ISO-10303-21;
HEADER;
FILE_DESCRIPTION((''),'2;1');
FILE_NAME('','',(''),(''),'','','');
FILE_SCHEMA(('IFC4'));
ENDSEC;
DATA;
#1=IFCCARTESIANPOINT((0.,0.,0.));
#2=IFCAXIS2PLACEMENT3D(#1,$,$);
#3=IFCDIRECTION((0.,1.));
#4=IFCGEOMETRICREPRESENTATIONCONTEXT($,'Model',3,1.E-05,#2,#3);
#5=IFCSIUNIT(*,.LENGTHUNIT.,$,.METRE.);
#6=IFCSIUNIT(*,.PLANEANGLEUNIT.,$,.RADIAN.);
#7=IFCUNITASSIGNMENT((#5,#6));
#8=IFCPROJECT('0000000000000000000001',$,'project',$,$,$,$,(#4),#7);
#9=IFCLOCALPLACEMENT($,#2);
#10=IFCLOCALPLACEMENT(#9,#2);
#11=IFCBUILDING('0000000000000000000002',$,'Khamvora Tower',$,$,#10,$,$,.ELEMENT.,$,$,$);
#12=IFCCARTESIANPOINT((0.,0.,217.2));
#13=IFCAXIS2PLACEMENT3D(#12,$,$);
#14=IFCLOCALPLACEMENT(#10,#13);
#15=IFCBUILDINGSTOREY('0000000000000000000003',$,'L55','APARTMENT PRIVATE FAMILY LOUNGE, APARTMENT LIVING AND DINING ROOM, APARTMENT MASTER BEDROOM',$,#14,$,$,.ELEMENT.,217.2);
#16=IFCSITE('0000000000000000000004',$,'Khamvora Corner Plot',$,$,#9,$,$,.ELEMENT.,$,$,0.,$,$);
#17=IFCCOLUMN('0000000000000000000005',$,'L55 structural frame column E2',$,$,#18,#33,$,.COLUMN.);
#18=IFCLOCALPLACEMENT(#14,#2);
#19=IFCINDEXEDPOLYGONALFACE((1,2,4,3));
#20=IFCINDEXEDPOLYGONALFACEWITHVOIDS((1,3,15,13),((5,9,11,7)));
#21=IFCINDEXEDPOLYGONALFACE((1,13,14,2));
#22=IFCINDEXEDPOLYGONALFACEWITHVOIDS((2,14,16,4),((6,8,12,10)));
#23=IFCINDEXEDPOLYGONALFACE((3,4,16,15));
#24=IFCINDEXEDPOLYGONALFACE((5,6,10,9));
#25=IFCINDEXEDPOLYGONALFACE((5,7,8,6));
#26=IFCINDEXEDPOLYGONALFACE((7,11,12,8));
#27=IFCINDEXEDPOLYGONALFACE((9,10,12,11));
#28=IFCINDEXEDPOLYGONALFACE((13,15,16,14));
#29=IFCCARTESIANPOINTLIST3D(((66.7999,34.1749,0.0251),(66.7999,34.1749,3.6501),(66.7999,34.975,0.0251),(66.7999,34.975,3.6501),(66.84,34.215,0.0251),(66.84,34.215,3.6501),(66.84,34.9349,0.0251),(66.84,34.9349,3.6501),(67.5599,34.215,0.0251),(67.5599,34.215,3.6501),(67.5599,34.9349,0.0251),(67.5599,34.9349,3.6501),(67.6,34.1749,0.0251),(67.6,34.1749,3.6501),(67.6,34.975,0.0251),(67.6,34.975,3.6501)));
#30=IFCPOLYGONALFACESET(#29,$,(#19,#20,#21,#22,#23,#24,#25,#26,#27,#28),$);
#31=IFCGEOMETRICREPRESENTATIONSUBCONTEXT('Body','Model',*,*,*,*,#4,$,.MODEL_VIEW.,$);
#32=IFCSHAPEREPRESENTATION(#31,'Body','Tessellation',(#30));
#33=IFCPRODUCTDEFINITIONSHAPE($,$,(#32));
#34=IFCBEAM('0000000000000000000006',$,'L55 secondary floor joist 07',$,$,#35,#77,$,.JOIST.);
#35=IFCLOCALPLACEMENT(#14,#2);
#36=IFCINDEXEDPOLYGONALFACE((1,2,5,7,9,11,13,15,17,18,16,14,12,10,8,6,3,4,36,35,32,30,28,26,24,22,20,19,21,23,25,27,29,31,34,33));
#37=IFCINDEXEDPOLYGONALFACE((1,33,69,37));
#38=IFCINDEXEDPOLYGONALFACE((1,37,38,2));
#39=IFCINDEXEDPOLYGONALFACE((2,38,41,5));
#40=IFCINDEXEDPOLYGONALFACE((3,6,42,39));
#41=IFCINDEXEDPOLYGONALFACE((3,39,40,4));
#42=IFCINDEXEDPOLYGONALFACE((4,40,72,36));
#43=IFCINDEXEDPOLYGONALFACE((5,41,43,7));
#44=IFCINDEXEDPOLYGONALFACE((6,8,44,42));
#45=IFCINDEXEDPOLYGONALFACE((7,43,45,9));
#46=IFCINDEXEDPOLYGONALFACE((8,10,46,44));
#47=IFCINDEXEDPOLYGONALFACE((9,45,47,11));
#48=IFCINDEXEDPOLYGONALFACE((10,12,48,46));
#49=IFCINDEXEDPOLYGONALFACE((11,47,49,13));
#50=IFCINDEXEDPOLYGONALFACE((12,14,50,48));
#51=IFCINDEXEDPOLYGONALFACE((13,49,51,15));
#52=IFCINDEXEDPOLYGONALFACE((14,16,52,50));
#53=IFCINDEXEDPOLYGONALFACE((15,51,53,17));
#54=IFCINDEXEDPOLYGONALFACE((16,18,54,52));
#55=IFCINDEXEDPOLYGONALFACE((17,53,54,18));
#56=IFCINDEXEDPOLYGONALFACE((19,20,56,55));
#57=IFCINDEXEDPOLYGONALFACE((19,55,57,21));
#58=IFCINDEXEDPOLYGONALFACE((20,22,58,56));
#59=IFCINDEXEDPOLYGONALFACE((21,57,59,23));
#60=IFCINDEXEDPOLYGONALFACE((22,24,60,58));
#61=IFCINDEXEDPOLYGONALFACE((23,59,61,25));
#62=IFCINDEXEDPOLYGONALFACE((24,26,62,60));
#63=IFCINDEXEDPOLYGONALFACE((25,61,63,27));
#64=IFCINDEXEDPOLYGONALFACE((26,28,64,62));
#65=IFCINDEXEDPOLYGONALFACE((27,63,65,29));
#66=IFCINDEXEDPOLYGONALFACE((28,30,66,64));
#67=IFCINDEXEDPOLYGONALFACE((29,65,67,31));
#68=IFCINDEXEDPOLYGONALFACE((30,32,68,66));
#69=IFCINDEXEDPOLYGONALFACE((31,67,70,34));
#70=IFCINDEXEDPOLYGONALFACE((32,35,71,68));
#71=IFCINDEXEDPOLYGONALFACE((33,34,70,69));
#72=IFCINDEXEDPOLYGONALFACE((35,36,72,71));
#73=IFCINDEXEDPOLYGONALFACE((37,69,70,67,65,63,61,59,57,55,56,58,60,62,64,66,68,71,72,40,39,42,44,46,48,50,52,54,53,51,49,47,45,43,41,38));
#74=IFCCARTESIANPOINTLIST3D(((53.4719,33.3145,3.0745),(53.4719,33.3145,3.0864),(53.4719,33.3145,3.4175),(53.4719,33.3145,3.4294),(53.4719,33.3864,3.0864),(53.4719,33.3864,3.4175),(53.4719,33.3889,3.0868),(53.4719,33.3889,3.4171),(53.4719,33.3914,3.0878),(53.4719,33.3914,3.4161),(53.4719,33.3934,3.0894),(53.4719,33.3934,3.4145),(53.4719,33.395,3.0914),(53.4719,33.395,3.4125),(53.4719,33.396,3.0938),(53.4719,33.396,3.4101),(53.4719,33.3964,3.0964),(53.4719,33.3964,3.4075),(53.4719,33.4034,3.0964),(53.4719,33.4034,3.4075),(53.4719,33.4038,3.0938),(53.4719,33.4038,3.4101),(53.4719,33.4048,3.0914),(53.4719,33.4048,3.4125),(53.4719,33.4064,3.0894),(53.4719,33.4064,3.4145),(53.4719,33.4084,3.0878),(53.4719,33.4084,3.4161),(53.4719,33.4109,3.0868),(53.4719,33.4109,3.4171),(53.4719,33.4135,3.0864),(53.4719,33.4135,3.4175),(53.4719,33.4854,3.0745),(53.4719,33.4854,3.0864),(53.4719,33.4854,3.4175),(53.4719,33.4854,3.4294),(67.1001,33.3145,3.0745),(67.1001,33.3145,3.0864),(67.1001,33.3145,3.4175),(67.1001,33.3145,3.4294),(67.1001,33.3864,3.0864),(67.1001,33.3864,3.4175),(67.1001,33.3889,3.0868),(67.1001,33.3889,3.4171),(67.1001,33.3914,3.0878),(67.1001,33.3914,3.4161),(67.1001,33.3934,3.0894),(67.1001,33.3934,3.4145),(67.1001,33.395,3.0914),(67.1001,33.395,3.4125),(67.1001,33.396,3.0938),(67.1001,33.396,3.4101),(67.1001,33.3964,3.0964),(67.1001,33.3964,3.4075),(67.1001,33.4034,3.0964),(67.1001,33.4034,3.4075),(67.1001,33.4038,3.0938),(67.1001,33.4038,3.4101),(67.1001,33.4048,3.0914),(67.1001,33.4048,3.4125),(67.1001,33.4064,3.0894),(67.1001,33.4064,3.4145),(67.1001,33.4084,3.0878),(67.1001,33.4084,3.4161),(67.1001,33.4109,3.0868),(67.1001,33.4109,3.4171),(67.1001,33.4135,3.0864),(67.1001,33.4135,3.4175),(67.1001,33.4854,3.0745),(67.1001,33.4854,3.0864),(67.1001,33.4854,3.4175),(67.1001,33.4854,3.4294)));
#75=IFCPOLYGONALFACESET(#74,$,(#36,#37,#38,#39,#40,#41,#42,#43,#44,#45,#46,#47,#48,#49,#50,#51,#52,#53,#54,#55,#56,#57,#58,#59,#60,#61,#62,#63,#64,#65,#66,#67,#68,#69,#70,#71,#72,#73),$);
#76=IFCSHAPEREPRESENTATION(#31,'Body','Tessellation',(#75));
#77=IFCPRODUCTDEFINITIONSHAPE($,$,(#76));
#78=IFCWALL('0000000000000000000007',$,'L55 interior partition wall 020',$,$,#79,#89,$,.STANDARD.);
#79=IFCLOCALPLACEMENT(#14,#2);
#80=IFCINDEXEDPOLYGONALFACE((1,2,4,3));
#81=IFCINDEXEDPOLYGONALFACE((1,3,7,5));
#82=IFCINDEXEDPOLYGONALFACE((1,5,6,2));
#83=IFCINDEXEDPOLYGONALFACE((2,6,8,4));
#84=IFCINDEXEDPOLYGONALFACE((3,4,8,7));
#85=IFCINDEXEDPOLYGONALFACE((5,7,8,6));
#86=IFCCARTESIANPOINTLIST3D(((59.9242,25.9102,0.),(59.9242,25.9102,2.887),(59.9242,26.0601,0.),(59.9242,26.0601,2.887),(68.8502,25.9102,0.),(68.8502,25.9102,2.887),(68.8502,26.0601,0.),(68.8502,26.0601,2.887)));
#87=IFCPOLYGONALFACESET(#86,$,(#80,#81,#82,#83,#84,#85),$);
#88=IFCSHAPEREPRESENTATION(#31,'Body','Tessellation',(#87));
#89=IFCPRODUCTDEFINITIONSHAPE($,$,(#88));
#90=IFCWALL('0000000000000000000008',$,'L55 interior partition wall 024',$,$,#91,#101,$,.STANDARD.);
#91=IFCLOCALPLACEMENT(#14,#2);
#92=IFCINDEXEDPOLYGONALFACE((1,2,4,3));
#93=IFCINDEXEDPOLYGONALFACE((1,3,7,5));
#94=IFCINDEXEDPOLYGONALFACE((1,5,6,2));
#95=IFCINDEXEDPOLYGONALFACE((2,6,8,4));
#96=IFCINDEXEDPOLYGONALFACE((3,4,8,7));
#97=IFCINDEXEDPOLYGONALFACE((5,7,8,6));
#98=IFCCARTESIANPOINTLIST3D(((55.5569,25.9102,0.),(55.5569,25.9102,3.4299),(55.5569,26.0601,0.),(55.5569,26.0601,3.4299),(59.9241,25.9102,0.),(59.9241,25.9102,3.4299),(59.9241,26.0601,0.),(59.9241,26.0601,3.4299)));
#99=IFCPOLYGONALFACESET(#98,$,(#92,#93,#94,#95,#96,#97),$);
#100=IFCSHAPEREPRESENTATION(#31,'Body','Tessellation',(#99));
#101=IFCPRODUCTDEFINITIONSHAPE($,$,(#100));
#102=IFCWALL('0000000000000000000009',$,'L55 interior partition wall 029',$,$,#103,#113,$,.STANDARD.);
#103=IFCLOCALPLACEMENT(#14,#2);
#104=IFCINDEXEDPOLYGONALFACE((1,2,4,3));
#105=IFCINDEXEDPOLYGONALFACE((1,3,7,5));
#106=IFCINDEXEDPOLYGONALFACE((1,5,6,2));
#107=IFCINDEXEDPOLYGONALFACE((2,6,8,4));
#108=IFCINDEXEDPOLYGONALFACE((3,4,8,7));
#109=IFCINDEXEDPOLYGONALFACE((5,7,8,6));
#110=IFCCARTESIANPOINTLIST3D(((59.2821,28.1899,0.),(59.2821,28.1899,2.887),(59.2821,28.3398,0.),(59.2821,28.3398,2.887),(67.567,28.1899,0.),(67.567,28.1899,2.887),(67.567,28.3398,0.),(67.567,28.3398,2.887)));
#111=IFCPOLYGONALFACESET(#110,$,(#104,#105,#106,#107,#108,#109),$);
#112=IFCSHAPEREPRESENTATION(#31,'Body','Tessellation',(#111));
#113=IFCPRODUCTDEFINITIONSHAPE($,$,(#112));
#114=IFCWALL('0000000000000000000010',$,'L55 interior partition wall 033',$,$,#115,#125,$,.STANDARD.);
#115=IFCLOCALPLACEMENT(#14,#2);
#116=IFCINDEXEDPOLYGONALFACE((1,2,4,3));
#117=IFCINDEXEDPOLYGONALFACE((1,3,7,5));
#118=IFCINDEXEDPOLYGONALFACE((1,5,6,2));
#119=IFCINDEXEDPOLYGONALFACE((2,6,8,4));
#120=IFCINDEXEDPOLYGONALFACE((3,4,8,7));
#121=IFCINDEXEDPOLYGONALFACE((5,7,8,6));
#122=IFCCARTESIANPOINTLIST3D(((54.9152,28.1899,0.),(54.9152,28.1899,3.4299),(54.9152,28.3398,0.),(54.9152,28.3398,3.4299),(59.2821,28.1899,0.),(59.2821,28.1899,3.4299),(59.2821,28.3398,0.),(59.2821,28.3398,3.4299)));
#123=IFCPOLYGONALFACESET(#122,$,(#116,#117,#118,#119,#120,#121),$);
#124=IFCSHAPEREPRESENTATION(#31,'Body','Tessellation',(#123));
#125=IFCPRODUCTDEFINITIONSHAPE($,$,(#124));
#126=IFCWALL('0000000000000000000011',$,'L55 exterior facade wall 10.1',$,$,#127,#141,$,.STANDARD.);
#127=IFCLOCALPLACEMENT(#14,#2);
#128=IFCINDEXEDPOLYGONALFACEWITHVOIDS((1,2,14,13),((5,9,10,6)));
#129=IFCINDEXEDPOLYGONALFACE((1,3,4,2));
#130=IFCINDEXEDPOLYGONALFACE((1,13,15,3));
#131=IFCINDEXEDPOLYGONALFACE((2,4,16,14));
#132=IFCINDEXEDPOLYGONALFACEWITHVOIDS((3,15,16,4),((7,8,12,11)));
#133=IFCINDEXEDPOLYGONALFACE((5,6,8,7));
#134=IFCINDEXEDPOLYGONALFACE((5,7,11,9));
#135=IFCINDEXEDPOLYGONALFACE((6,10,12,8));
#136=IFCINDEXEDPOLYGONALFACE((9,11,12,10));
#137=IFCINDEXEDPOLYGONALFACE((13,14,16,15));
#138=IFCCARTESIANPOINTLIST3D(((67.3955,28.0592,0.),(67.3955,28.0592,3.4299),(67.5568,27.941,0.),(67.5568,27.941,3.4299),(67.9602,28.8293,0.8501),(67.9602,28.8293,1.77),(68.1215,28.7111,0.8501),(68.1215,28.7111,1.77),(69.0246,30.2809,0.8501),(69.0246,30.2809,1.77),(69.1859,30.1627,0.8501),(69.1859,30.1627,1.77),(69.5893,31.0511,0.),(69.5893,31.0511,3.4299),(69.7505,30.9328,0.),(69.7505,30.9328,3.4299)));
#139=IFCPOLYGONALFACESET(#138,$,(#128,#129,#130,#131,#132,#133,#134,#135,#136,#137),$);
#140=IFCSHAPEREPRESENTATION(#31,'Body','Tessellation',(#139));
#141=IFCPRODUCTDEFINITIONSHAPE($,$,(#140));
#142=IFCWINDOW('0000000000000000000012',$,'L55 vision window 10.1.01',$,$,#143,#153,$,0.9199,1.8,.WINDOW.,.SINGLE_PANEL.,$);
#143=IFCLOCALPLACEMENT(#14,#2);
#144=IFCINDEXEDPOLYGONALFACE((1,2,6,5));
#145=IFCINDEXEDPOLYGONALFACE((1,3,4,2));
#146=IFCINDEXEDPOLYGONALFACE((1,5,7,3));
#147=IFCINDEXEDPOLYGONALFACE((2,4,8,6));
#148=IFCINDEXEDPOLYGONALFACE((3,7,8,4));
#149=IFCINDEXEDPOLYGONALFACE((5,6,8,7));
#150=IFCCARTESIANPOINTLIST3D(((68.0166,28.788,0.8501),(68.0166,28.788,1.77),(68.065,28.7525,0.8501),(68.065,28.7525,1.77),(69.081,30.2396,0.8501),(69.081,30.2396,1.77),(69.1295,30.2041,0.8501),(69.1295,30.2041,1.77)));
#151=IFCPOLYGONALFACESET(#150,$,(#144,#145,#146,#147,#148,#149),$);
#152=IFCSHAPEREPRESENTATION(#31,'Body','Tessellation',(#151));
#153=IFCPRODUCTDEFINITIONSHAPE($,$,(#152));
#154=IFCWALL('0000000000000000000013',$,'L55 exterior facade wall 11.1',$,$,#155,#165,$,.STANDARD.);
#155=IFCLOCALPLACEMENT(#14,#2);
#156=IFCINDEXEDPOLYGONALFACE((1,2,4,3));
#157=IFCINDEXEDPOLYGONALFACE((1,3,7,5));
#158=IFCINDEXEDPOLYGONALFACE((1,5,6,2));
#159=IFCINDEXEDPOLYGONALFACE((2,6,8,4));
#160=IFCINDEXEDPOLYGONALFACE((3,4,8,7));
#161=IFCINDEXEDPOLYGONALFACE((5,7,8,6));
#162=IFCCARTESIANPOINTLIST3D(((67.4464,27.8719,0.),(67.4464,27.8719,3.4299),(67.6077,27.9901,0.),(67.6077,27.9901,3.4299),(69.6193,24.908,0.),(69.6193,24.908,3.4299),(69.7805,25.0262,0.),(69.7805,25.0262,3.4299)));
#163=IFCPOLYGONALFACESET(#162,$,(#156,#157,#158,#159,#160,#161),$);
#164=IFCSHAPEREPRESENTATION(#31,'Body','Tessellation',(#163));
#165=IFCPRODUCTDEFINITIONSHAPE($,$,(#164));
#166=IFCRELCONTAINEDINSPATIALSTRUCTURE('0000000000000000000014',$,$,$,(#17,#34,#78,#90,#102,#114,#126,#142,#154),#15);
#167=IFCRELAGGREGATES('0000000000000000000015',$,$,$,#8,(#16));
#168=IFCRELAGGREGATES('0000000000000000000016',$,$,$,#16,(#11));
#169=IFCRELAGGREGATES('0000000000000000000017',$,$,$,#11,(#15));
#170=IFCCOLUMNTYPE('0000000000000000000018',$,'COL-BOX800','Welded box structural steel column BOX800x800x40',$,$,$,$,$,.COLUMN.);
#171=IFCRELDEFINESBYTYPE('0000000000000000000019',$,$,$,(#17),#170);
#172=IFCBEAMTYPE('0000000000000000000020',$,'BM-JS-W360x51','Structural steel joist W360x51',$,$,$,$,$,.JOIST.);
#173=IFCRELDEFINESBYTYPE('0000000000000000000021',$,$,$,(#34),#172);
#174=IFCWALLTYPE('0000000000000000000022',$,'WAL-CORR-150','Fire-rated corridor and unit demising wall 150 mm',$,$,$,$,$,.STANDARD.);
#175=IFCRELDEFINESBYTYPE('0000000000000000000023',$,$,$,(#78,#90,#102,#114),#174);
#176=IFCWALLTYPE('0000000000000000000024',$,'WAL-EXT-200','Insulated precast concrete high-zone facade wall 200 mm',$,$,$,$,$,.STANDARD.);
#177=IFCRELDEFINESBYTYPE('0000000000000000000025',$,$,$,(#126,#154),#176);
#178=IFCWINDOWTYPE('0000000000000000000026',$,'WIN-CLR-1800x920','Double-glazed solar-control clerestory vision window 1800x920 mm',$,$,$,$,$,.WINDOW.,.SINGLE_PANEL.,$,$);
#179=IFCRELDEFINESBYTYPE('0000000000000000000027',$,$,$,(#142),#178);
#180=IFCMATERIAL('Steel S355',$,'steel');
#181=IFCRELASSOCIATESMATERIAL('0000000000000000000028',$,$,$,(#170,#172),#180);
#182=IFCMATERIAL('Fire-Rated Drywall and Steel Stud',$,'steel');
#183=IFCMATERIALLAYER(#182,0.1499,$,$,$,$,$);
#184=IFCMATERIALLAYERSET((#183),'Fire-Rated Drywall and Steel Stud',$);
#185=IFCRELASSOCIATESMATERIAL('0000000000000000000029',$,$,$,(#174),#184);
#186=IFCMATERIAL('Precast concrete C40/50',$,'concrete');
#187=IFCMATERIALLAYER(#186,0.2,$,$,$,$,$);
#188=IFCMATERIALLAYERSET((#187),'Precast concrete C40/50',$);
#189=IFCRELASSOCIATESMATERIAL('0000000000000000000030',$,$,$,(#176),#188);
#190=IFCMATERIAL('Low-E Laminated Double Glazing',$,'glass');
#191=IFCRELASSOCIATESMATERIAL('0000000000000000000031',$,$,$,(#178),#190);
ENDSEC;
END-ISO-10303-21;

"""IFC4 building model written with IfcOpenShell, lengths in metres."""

from ifc_helpers import new_model, si_unit, direction, frame, frame_2d, origin, origin_2d, place, context, subcontext, project, spatial, rectangle, hollow_rectangle, i_section, extrude, material, layer, layer_set, material_profile, profile_set, type_object, element, fill, save


model = new_model("IFC4")

# Units and contexts
model_context = context("Model", 3, precision=1e-05, world=origin(), true_north=direction((0.0, 1.0)))
body_context = subcontext(model_context, "Body", "Model", "MODEL_VIEW")
ifc_project = project(units=[si_unit("LENGTHUNIT", "METRE"), si_unit("PLANEANGLEUNIT", "RADIAN")], contexts=[model_context])

# Site, building, storey
site_placement = place(None, origin())
site = spatial("IfcSite", under=ifc_project, at=site_placement, Name="Khamvora Corner Plot", CompositionType="ELEMENT", RefElevation=0.0)
building_placement = place(site_placement, origin())
building = spatial("IfcBuilding", under=site, at=building_placement, Name="Khamvora Tower", CompositionType="ELEMENT")
storey_placement = place(building_placement, frame((0.0, 0.0, 217.2)))
storey = spatial("IfcBuildingStorey", under=building, at=storey_placement, Name="L55", Description="APARTMENT PRIVATE FAMILY LOUNGE, APARTMENT LIVING AND DINING ROOM, APARTMENT MASTER BEDROOM", CompositionType="ELEMENT", Elevation=217.2)

# Column
ifc_material_1 = material(Name="Steel S355", Category="steel")
ifc_material_profile_1 = material_profile(ifc_material_1, hollow_rectangle(XDim=0.8, YDim=0.8, WallThickness=0.04, at=origin_2d()), Name="BOX800x800x40")
ifc_profile_set_1 = profile_set([ifc_material_profile_1], Name="Steel S355")
column_type = type_object("IfcColumnType", Name="COL-BOX800", Description="Welded box structural steel column BOX800x800x40", PredefinedType="COLUMN", material=ifc_profile_set_1)
column_placement = place(storey_placement, frame((67.2, 34.575, 0.0251), z_axis=(0.0, 0.0, 1.0), x_axis=(1.0, 0.0, 0.0)))
element("IfcColumn", 1, at=column_placement, inside=storey, type_object=column_type, Name="L55 structural frame column E2", PredefinedType="COLUMN", context=body_context, shape_type="SweptSolid", body=[
    extrude(hollow_rectangle(XDim=0.8, YDim=0.8, WallThickness=0.04, at=origin_2d()), origin(), (0.0, 0.0, 1.0), 3.625),
])

# Beam
ifc_material_profile_2 = material_profile(ifc_material_1, i_section(OverallWidth=0.1709, OverallDepth=0.355, WebThickness=0.0071, FlangeThickness=0.012, FilletRadius=0.01, at=origin_2d()), Name="W360x51")
ifc_profile_set_2 = profile_set([ifc_material_profile_2], Name="Steel S355")
beam_type = type_object("IfcBeamType", Name="BM-JS-W360x51", Description="Structural steel joist W360x51", PredefinedType="JOIST", material=ifc_profile_set_2)
beam_placement = place(storey_placement, frame((53.4719, 33.3999, 3.252), z_axis=(1.0, 0.0, 0.0), x_axis=(0.0, 1.0, 0.0)))
element("IfcBeam", 2, at=beam_placement, inside=storey, type_object=beam_type, Name="L55 secondary floor joist 07", PredefinedType="JOIST", context=body_context, shape_type="SweptSolid", body=[
    extrude(i_section(OverallWidth=0.1709, OverallDepth=0.355, WebThickness=0.0071, FlangeThickness=0.012, FilletRadius=0.01, at=origin_2d()), origin(), (0.0, 0.0, 1.0), 13.6282),
])

# Wall
ifc_material_2 = material(Name="Fire-Rated Drywall and Steel Stud", Category="steel")
ifc_layer_1 = layer(ifc_material_2, 0.1499)
ifc_layer_set_1 = layer_set([ifc_layer_1], Name="Fire-Rated Drywall and Steel Stud")
wall_type_1 = type_object("IfcWallType", Name="WAL-CORR-150", Description="Fire-rated corridor and unit demising wall 150 mm", PredefinedType="STANDARD", material=ifc_layer_set_1)
wall_1_placement = place(storey_placement, frame((68.8501, 25.9851, 0.0), z_axis=(0.0, 0.0, 1.0), x_axis=(-1.0, 0.0, 0.0)))
element("IfcWall", 3, at=wall_1_placement, inside=storey, type_object=wall_type_1, Name="L55 interior partition wall 020", PredefinedType="STANDARD", context=body_context, shape_type="SweptSolid", body=[
    extrude(rectangle(XDim=8.926, YDim=0.1499, at=frame_2d((4.4629, 0.0))), origin(), (0.0, 0.0, 1.0), 2.887),
])

# Walls
wall_2_placement = place(storey_placement, frame((59.9241, 25.9851, 0.0), z_axis=(0.0, 0.0, 1.0), x_axis=(-1.0, 0.0, 0.0)))
element("IfcWall", 4, at=wall_2_placement, inside=storey, type_object=wall_type_1, Name="L55 interior partition wall 024", PredefinedType="STANDARD", context=body_context, shape_type="SweptSolid", body=[
    extrude(rectangle(XDim=4.3672, YDim=0.1499, at=frame_2d((2.1836, 0.0))), origin(), (0.0, 0.0, 1.0), 3.4299),
])
wall_3_placement = place(storey_placement, frame((59.282, 28.2649, 0.0), z_axis=(0.0, 0.0, 1.0), x_axis=(1.0, 0.0, 0.0)))
element("IfcWall", 5, at=wall_3_placement, inside=storey, type_object=wall_type_1, Name="L55 interior partition wall 029", PredefinedType="STANDARD", context=body_context, shape_type="SweptSolid", body=[
    extrude(rectangle(XDim=8.2849, YDim=0.1499, at=frame_2d((4.1426, 0.0))), origin(), (0.0, 0.0, 1.0), 2.887),
])
wall_4_placement = place(storey_placement, frame((54.915, 28.2649, 0.0), z_axis=(0.0, 0.0, 1.0), x_axis=(1.0, 0.0, 0.0)))
element("IfcWall", 6, at=wall_4_placement, inside=storey, type_object=wall_type_1, Name="L55 interior partition wall 033", PredefinedType="STANDARD", context=body_context, shape_type="SweptSolid", body=[
    extrude(rectangle(XDim=4.3669, YDim=0.1499, at=frame_2d((2.1836, 0.0))), origin(), (0.0, 0.0, 1.0), 3.4299),
])

# Wall, opening, window
ifc_material_3 = material(Name="Precast concrete C40/50", Category="concrete")
ifc_layer_2 = layer(ifc_material_3, 0.2)
ifc_layer_set_2 = layer_set([ifc_layer_2], Name="Precast concrete C40/50")
wall_type_2 = type_object("IfcWallType", Name="WAL-EXT-200", Description="Insulated precast concrete high-zone facade wall 200 mm", PredefinedType="STANDARD", material=ifc_layer_set_2)
wall_5_placement = place(storey_placement, frame((69.6699, 30.9919, 0.0), z_axis=(0.0, 0.0, 1.0), x_axis=(-0.591321, -0.806436, 0.0)))
wall_5 = element("IfcWall", 7, at=wall_5_placement, inside=storey, type_object=wall_type_2, Name="L55 exterior facade wall 10.1", PredefinedType="STANDARD", context=body_context, shape_type="SweptSolid", body=[
    extrude(rectangle(XDim=3.71, YDim=0.2, at=frame_2d((1.855, 0.0))), origin(), (0.0, 0.0, 1.0), 3.4299),
])
opening_1_placement = place(wall_5_placement, frame((0.9551, 0.0, 0.8501)))
opening_1 = element("IfcOpeningElement", 8, at=opening_1_placement, cuts=wall_5, PredefinedType="OPENING", context=body_context, shape_type="SweptSolid", body=[
    extrude(rectangle(XDim=1.8, YDim=0.9199, at=frame_2d((0.8999, 0.46))), frame((0.0, 0.1099, 0.0), z_axis=(0.0, -1.0, 0.0), x_axis=(1.0, 0.0, 0.0)), (0.0, 0.0, 1.0), 0.22),
])
ifc_material_4 = material(Name="Low-E Laminated Double Glazing", Category="glass")
window_type = type_object("IfcWindowType", Name="WIN-CLR-1800x920", Description="Double-glazed solar-control clerestory vision window 1800x920 mm", PartitioningType="SINGLE_PANEL", PredefinedType="WINDOW", material=ifc_material_4)
window_placement = place(opening_1_placement, origin())
window = element("IfcWindow", 9, at=window_placement, inside=storey, type_object=window_type, Name="L55 vision window 10.1.01", OverallHeight=0.9199, OverallWidth=1.8, PartitioningType="SINGLE_PANEL", PredefinedType="WINDOW", context=body_context, shape_type="SweptSolid", body=[
    extrude(rectangle(XDim=1.8, YDim=0.9199, at=frame_2d((0.8999, 0.46))), frame((0.0, 0.03, 0.0), z_axis=(0.0, -1.0, 0.0), x_axis=(1.0, 0.0, 0.0)), (0.0, 0.0, 1.0), 0.0601),
])
fill(opening_1, window)

# Wall
wall_6_placement = place(storey_placement, frame((67.5271, 27.9309, 0.0), z_axis=(0.0, 0.0, 1.0), x_axis=(0.591248, -0.806489, 0.0)))
element("IfcWall", 10, at=wall_6_placement, inside=storey, type_object=wall_type_2, Name="L55 exterior facade wall 11.1", PredefinedType="STANDARD", context=body_context, shape_type="SweptSolid", body=[
    extrude(rectangle(XDim=3.675, YDim=0.2, at=frame_2d((1.8374, 0.0))), origin(), (0.0, 0.0, 1.0), 3.4299),
])

save(model, "model.ifc")
